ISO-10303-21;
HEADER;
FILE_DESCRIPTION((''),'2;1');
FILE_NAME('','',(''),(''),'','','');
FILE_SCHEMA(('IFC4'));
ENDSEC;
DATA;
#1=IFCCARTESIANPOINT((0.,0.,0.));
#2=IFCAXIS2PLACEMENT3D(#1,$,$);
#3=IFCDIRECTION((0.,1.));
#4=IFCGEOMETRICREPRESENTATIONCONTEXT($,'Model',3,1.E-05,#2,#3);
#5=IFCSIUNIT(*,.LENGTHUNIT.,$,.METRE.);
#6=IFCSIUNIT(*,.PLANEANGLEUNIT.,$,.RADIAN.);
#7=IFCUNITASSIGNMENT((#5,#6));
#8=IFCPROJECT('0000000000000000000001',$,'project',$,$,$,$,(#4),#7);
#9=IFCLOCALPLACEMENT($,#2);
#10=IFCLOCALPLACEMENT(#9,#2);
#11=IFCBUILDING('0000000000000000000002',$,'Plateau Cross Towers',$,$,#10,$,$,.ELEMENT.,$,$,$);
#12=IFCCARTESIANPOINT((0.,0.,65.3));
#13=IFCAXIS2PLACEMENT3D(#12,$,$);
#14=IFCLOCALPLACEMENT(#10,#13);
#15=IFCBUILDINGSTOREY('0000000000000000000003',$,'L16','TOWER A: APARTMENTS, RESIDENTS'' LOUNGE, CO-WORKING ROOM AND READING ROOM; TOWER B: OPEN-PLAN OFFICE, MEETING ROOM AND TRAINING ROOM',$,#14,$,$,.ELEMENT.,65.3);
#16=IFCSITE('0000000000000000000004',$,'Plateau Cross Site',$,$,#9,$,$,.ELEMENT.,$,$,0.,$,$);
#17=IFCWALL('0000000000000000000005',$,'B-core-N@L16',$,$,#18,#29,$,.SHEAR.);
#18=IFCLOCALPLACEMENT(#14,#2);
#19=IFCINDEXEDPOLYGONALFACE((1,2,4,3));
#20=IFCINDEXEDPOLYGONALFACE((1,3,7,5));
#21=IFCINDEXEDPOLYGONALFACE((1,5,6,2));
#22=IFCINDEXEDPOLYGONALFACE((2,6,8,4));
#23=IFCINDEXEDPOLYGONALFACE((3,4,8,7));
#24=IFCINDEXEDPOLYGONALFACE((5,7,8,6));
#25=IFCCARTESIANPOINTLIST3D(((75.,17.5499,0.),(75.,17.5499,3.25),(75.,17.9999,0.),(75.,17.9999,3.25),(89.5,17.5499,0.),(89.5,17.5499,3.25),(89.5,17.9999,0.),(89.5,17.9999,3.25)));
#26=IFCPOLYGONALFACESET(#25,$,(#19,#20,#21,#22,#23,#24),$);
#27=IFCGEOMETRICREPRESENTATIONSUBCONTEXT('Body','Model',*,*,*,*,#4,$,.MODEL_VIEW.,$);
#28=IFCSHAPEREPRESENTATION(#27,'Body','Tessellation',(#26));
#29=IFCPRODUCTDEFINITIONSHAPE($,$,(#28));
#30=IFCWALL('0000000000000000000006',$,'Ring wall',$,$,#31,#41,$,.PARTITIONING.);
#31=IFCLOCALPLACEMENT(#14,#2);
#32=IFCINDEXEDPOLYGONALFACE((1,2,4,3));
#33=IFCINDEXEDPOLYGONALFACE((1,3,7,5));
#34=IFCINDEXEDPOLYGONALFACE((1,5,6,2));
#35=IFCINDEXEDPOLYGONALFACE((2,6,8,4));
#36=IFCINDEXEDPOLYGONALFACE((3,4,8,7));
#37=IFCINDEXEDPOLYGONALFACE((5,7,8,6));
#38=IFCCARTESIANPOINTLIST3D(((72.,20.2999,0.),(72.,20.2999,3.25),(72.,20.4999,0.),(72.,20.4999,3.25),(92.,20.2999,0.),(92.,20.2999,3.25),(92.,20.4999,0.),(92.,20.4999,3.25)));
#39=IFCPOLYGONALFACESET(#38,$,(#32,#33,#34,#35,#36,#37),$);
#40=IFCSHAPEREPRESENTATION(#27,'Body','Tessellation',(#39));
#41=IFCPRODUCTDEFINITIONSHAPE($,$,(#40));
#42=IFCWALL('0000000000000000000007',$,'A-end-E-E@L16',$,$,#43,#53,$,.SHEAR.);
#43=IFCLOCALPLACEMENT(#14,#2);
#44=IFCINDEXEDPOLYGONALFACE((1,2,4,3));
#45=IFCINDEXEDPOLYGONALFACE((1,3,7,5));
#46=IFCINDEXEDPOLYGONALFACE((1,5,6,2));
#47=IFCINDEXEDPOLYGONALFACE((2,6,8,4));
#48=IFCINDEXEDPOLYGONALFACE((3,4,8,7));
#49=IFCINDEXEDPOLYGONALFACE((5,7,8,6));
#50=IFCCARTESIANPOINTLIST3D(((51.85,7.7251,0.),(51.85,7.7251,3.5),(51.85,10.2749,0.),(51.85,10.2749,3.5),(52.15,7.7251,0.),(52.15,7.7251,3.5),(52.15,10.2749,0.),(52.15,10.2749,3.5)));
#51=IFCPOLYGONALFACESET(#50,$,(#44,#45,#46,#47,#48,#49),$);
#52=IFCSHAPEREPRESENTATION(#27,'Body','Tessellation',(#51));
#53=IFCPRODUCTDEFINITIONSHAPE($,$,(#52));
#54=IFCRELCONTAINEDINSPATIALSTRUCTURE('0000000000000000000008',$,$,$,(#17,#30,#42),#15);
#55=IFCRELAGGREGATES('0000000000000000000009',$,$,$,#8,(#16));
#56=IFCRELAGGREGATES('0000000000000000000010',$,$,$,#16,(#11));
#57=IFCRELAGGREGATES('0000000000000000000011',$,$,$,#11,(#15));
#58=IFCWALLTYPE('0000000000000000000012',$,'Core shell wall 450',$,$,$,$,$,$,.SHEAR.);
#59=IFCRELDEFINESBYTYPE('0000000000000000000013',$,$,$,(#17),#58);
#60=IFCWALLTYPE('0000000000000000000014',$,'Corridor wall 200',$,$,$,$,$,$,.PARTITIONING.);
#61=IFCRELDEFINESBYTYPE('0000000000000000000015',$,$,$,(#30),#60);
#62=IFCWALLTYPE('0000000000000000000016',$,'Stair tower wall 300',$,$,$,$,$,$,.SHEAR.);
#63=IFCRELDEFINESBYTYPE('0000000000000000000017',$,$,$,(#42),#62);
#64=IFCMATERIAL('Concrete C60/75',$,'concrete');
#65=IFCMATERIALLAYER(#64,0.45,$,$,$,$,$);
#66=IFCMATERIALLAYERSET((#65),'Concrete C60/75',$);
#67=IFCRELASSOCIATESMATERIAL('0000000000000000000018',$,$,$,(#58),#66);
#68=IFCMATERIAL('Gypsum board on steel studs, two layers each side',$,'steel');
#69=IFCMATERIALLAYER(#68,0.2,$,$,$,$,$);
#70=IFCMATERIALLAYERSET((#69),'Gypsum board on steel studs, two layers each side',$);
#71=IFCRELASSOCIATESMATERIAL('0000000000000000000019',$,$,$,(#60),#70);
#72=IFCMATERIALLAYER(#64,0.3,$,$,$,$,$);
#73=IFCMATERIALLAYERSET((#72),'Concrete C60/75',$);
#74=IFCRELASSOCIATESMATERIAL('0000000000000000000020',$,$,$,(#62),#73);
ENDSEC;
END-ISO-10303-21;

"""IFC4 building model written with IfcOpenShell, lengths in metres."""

from ifc_helpers import new_model, si_unit, direction, frame, frame_2d, origin, place, context, subcontext, project, spatial, rectangle, extrude, material, layer, layer_set, type_object, element, save


model = new_model("IFC4")

# Units and contexts
model_context = context("Model", 3, precision=1e-05, world=origin(), true_north=direction((0.0, 1.0)))
body_context = subcontext(model_context, "Body", "Model", "MODEL_VIEW")
ifc_project = project(units=[si_unit("LENGTHUNIT", "METRE"), si_unit("PLANEANGLEUNIT", "RADIAN")], contexts=[model_context])

# Site, building, storey
site_placement = place(None, origin())
site = spatial("IfcSite", under=ifc_project, at=site_placement, Name="Plateau Cross Site", CompositionType="ELEMENT", RefElevation=0.0)
building_placement = place(site_placement, origin())
building = spatial("IfcBuilding", under=site, at=building_placement, Name="Plateau Cross Towers", CompositionType="ELEMENT")
storey_placement = place(building_placement, frame((0.0, 0.0, 65.3)))
storey = spatial("IfcBuildingStorey", under=building, at=storey_placement, Name="L16", Description="TOWER A: APARTMENTS, RESIDENTS' LOUNGE, CO-WORKING ROOM AND READING ROOM; TOWER B: OPEN-PLAN OFFICE, MEETING ROOM AND TRAINING ROOM", CompositionType="ELEMENT", Elevation=65.3)

# Shared definitions
ifc_material_1 = material(Name="Concrete C60/75", Category="concrete")

# Walls
ifc_layer_1 = layer(ifc_material_1, 0.45)
ifc_layer_set_1 = layer_set([ifc_layer_1], Name="Concrete C60/75")
wall_type_1 = type_object("IfcWallType", Name="Core shell wall 450", PredefinedType="SHEAR", material=ifc_layer_set_1)
wall_1_placement = place(storey_placement, frame((75.0, 17.7749, 0.0), z_axis=(0.0, 0.0, 1.0), x_axis=(1.0, 0.0, 0.0)))
element("IfcWall", 1, at=wall_1_placement, inside=storey, type_object=wall_type_1, Name="B-core-N@L16", PredefinedType="SHEAR", context=body_context, shape_type="SweptSolid", body=[
    extrude(rectangle(XDim=14.5, YDim=0.45, at=frame_2d((7.25, 0.0))), origin(), (0.0, 0.0, 1.0), 3.25),
])
ifc_material_2 = material(Name="Gypsum board on steel studs, two layers each side", Category="steel")
ifc_layer_2 = layer(ifc_material_2, 0.2)
ifc_layer_set_2 = layer_set([ifc_layer_2], Name="Gypsum board on steel studs, two layers each side")
wall_type_2 = type_object("IfcWallType", Name="Corridor wall 200", PredefinedType="PARTITIONING", material=ifc_layer_set_2)
wall_2_placement = place(storey_placement, frame((72.0, 20.3999, 0.0), z_axis=(0.0, 0.0, 1.0), x_axis=(1.0, 0.0, 0.0)))
element("IfcWall", 2, at=wall_2_placement, inside=storey, type_object=wall_type_2, Name="Ring wall", PredefinedType="PARTITIONING", context=body_context, shape_type="SweptSolid", body=[
    extrude(rectangle(XDim=20.0, YDim=0.2, at=frame_2d((10.0, 0.0))), origin(), (0.0, 0.0, 1.0), 3.25),
])
ifc_layer_3 = layer(ifc_material_1, 0.3)
ifc_layer_set_3 = layer_set([ifc_layer_3], Name="Concrete C60/75")
wall_type_3 = type_object("IfcWallType", Name="Stair tower wall 300", PredefinedType="SHEAR", material=ifc_layer_set_3)
wall_3_placement = place(storey_placement, frame((52.0, 7.7251, 0.0), z_axis=(0.0, 0.0, 1.0), x_axis=(0.0, 1.0, 0.0)))
element("IfcWall", 3, at=wall_3_placement, inside=storey, type_object=wall_type_3, Name="A-end-E-E@L16", PredefinedType="SHEAR", context=body_context, shape_type="SweptSolid", body=[
    extrude(rectangle(XDim=2.5498, YDim=0.3, at=frame_2d((1.2749, 0.0))), origin(), (0.0, 0.0, 1.0), 3.5),
])

save(model, "model.ifc")
